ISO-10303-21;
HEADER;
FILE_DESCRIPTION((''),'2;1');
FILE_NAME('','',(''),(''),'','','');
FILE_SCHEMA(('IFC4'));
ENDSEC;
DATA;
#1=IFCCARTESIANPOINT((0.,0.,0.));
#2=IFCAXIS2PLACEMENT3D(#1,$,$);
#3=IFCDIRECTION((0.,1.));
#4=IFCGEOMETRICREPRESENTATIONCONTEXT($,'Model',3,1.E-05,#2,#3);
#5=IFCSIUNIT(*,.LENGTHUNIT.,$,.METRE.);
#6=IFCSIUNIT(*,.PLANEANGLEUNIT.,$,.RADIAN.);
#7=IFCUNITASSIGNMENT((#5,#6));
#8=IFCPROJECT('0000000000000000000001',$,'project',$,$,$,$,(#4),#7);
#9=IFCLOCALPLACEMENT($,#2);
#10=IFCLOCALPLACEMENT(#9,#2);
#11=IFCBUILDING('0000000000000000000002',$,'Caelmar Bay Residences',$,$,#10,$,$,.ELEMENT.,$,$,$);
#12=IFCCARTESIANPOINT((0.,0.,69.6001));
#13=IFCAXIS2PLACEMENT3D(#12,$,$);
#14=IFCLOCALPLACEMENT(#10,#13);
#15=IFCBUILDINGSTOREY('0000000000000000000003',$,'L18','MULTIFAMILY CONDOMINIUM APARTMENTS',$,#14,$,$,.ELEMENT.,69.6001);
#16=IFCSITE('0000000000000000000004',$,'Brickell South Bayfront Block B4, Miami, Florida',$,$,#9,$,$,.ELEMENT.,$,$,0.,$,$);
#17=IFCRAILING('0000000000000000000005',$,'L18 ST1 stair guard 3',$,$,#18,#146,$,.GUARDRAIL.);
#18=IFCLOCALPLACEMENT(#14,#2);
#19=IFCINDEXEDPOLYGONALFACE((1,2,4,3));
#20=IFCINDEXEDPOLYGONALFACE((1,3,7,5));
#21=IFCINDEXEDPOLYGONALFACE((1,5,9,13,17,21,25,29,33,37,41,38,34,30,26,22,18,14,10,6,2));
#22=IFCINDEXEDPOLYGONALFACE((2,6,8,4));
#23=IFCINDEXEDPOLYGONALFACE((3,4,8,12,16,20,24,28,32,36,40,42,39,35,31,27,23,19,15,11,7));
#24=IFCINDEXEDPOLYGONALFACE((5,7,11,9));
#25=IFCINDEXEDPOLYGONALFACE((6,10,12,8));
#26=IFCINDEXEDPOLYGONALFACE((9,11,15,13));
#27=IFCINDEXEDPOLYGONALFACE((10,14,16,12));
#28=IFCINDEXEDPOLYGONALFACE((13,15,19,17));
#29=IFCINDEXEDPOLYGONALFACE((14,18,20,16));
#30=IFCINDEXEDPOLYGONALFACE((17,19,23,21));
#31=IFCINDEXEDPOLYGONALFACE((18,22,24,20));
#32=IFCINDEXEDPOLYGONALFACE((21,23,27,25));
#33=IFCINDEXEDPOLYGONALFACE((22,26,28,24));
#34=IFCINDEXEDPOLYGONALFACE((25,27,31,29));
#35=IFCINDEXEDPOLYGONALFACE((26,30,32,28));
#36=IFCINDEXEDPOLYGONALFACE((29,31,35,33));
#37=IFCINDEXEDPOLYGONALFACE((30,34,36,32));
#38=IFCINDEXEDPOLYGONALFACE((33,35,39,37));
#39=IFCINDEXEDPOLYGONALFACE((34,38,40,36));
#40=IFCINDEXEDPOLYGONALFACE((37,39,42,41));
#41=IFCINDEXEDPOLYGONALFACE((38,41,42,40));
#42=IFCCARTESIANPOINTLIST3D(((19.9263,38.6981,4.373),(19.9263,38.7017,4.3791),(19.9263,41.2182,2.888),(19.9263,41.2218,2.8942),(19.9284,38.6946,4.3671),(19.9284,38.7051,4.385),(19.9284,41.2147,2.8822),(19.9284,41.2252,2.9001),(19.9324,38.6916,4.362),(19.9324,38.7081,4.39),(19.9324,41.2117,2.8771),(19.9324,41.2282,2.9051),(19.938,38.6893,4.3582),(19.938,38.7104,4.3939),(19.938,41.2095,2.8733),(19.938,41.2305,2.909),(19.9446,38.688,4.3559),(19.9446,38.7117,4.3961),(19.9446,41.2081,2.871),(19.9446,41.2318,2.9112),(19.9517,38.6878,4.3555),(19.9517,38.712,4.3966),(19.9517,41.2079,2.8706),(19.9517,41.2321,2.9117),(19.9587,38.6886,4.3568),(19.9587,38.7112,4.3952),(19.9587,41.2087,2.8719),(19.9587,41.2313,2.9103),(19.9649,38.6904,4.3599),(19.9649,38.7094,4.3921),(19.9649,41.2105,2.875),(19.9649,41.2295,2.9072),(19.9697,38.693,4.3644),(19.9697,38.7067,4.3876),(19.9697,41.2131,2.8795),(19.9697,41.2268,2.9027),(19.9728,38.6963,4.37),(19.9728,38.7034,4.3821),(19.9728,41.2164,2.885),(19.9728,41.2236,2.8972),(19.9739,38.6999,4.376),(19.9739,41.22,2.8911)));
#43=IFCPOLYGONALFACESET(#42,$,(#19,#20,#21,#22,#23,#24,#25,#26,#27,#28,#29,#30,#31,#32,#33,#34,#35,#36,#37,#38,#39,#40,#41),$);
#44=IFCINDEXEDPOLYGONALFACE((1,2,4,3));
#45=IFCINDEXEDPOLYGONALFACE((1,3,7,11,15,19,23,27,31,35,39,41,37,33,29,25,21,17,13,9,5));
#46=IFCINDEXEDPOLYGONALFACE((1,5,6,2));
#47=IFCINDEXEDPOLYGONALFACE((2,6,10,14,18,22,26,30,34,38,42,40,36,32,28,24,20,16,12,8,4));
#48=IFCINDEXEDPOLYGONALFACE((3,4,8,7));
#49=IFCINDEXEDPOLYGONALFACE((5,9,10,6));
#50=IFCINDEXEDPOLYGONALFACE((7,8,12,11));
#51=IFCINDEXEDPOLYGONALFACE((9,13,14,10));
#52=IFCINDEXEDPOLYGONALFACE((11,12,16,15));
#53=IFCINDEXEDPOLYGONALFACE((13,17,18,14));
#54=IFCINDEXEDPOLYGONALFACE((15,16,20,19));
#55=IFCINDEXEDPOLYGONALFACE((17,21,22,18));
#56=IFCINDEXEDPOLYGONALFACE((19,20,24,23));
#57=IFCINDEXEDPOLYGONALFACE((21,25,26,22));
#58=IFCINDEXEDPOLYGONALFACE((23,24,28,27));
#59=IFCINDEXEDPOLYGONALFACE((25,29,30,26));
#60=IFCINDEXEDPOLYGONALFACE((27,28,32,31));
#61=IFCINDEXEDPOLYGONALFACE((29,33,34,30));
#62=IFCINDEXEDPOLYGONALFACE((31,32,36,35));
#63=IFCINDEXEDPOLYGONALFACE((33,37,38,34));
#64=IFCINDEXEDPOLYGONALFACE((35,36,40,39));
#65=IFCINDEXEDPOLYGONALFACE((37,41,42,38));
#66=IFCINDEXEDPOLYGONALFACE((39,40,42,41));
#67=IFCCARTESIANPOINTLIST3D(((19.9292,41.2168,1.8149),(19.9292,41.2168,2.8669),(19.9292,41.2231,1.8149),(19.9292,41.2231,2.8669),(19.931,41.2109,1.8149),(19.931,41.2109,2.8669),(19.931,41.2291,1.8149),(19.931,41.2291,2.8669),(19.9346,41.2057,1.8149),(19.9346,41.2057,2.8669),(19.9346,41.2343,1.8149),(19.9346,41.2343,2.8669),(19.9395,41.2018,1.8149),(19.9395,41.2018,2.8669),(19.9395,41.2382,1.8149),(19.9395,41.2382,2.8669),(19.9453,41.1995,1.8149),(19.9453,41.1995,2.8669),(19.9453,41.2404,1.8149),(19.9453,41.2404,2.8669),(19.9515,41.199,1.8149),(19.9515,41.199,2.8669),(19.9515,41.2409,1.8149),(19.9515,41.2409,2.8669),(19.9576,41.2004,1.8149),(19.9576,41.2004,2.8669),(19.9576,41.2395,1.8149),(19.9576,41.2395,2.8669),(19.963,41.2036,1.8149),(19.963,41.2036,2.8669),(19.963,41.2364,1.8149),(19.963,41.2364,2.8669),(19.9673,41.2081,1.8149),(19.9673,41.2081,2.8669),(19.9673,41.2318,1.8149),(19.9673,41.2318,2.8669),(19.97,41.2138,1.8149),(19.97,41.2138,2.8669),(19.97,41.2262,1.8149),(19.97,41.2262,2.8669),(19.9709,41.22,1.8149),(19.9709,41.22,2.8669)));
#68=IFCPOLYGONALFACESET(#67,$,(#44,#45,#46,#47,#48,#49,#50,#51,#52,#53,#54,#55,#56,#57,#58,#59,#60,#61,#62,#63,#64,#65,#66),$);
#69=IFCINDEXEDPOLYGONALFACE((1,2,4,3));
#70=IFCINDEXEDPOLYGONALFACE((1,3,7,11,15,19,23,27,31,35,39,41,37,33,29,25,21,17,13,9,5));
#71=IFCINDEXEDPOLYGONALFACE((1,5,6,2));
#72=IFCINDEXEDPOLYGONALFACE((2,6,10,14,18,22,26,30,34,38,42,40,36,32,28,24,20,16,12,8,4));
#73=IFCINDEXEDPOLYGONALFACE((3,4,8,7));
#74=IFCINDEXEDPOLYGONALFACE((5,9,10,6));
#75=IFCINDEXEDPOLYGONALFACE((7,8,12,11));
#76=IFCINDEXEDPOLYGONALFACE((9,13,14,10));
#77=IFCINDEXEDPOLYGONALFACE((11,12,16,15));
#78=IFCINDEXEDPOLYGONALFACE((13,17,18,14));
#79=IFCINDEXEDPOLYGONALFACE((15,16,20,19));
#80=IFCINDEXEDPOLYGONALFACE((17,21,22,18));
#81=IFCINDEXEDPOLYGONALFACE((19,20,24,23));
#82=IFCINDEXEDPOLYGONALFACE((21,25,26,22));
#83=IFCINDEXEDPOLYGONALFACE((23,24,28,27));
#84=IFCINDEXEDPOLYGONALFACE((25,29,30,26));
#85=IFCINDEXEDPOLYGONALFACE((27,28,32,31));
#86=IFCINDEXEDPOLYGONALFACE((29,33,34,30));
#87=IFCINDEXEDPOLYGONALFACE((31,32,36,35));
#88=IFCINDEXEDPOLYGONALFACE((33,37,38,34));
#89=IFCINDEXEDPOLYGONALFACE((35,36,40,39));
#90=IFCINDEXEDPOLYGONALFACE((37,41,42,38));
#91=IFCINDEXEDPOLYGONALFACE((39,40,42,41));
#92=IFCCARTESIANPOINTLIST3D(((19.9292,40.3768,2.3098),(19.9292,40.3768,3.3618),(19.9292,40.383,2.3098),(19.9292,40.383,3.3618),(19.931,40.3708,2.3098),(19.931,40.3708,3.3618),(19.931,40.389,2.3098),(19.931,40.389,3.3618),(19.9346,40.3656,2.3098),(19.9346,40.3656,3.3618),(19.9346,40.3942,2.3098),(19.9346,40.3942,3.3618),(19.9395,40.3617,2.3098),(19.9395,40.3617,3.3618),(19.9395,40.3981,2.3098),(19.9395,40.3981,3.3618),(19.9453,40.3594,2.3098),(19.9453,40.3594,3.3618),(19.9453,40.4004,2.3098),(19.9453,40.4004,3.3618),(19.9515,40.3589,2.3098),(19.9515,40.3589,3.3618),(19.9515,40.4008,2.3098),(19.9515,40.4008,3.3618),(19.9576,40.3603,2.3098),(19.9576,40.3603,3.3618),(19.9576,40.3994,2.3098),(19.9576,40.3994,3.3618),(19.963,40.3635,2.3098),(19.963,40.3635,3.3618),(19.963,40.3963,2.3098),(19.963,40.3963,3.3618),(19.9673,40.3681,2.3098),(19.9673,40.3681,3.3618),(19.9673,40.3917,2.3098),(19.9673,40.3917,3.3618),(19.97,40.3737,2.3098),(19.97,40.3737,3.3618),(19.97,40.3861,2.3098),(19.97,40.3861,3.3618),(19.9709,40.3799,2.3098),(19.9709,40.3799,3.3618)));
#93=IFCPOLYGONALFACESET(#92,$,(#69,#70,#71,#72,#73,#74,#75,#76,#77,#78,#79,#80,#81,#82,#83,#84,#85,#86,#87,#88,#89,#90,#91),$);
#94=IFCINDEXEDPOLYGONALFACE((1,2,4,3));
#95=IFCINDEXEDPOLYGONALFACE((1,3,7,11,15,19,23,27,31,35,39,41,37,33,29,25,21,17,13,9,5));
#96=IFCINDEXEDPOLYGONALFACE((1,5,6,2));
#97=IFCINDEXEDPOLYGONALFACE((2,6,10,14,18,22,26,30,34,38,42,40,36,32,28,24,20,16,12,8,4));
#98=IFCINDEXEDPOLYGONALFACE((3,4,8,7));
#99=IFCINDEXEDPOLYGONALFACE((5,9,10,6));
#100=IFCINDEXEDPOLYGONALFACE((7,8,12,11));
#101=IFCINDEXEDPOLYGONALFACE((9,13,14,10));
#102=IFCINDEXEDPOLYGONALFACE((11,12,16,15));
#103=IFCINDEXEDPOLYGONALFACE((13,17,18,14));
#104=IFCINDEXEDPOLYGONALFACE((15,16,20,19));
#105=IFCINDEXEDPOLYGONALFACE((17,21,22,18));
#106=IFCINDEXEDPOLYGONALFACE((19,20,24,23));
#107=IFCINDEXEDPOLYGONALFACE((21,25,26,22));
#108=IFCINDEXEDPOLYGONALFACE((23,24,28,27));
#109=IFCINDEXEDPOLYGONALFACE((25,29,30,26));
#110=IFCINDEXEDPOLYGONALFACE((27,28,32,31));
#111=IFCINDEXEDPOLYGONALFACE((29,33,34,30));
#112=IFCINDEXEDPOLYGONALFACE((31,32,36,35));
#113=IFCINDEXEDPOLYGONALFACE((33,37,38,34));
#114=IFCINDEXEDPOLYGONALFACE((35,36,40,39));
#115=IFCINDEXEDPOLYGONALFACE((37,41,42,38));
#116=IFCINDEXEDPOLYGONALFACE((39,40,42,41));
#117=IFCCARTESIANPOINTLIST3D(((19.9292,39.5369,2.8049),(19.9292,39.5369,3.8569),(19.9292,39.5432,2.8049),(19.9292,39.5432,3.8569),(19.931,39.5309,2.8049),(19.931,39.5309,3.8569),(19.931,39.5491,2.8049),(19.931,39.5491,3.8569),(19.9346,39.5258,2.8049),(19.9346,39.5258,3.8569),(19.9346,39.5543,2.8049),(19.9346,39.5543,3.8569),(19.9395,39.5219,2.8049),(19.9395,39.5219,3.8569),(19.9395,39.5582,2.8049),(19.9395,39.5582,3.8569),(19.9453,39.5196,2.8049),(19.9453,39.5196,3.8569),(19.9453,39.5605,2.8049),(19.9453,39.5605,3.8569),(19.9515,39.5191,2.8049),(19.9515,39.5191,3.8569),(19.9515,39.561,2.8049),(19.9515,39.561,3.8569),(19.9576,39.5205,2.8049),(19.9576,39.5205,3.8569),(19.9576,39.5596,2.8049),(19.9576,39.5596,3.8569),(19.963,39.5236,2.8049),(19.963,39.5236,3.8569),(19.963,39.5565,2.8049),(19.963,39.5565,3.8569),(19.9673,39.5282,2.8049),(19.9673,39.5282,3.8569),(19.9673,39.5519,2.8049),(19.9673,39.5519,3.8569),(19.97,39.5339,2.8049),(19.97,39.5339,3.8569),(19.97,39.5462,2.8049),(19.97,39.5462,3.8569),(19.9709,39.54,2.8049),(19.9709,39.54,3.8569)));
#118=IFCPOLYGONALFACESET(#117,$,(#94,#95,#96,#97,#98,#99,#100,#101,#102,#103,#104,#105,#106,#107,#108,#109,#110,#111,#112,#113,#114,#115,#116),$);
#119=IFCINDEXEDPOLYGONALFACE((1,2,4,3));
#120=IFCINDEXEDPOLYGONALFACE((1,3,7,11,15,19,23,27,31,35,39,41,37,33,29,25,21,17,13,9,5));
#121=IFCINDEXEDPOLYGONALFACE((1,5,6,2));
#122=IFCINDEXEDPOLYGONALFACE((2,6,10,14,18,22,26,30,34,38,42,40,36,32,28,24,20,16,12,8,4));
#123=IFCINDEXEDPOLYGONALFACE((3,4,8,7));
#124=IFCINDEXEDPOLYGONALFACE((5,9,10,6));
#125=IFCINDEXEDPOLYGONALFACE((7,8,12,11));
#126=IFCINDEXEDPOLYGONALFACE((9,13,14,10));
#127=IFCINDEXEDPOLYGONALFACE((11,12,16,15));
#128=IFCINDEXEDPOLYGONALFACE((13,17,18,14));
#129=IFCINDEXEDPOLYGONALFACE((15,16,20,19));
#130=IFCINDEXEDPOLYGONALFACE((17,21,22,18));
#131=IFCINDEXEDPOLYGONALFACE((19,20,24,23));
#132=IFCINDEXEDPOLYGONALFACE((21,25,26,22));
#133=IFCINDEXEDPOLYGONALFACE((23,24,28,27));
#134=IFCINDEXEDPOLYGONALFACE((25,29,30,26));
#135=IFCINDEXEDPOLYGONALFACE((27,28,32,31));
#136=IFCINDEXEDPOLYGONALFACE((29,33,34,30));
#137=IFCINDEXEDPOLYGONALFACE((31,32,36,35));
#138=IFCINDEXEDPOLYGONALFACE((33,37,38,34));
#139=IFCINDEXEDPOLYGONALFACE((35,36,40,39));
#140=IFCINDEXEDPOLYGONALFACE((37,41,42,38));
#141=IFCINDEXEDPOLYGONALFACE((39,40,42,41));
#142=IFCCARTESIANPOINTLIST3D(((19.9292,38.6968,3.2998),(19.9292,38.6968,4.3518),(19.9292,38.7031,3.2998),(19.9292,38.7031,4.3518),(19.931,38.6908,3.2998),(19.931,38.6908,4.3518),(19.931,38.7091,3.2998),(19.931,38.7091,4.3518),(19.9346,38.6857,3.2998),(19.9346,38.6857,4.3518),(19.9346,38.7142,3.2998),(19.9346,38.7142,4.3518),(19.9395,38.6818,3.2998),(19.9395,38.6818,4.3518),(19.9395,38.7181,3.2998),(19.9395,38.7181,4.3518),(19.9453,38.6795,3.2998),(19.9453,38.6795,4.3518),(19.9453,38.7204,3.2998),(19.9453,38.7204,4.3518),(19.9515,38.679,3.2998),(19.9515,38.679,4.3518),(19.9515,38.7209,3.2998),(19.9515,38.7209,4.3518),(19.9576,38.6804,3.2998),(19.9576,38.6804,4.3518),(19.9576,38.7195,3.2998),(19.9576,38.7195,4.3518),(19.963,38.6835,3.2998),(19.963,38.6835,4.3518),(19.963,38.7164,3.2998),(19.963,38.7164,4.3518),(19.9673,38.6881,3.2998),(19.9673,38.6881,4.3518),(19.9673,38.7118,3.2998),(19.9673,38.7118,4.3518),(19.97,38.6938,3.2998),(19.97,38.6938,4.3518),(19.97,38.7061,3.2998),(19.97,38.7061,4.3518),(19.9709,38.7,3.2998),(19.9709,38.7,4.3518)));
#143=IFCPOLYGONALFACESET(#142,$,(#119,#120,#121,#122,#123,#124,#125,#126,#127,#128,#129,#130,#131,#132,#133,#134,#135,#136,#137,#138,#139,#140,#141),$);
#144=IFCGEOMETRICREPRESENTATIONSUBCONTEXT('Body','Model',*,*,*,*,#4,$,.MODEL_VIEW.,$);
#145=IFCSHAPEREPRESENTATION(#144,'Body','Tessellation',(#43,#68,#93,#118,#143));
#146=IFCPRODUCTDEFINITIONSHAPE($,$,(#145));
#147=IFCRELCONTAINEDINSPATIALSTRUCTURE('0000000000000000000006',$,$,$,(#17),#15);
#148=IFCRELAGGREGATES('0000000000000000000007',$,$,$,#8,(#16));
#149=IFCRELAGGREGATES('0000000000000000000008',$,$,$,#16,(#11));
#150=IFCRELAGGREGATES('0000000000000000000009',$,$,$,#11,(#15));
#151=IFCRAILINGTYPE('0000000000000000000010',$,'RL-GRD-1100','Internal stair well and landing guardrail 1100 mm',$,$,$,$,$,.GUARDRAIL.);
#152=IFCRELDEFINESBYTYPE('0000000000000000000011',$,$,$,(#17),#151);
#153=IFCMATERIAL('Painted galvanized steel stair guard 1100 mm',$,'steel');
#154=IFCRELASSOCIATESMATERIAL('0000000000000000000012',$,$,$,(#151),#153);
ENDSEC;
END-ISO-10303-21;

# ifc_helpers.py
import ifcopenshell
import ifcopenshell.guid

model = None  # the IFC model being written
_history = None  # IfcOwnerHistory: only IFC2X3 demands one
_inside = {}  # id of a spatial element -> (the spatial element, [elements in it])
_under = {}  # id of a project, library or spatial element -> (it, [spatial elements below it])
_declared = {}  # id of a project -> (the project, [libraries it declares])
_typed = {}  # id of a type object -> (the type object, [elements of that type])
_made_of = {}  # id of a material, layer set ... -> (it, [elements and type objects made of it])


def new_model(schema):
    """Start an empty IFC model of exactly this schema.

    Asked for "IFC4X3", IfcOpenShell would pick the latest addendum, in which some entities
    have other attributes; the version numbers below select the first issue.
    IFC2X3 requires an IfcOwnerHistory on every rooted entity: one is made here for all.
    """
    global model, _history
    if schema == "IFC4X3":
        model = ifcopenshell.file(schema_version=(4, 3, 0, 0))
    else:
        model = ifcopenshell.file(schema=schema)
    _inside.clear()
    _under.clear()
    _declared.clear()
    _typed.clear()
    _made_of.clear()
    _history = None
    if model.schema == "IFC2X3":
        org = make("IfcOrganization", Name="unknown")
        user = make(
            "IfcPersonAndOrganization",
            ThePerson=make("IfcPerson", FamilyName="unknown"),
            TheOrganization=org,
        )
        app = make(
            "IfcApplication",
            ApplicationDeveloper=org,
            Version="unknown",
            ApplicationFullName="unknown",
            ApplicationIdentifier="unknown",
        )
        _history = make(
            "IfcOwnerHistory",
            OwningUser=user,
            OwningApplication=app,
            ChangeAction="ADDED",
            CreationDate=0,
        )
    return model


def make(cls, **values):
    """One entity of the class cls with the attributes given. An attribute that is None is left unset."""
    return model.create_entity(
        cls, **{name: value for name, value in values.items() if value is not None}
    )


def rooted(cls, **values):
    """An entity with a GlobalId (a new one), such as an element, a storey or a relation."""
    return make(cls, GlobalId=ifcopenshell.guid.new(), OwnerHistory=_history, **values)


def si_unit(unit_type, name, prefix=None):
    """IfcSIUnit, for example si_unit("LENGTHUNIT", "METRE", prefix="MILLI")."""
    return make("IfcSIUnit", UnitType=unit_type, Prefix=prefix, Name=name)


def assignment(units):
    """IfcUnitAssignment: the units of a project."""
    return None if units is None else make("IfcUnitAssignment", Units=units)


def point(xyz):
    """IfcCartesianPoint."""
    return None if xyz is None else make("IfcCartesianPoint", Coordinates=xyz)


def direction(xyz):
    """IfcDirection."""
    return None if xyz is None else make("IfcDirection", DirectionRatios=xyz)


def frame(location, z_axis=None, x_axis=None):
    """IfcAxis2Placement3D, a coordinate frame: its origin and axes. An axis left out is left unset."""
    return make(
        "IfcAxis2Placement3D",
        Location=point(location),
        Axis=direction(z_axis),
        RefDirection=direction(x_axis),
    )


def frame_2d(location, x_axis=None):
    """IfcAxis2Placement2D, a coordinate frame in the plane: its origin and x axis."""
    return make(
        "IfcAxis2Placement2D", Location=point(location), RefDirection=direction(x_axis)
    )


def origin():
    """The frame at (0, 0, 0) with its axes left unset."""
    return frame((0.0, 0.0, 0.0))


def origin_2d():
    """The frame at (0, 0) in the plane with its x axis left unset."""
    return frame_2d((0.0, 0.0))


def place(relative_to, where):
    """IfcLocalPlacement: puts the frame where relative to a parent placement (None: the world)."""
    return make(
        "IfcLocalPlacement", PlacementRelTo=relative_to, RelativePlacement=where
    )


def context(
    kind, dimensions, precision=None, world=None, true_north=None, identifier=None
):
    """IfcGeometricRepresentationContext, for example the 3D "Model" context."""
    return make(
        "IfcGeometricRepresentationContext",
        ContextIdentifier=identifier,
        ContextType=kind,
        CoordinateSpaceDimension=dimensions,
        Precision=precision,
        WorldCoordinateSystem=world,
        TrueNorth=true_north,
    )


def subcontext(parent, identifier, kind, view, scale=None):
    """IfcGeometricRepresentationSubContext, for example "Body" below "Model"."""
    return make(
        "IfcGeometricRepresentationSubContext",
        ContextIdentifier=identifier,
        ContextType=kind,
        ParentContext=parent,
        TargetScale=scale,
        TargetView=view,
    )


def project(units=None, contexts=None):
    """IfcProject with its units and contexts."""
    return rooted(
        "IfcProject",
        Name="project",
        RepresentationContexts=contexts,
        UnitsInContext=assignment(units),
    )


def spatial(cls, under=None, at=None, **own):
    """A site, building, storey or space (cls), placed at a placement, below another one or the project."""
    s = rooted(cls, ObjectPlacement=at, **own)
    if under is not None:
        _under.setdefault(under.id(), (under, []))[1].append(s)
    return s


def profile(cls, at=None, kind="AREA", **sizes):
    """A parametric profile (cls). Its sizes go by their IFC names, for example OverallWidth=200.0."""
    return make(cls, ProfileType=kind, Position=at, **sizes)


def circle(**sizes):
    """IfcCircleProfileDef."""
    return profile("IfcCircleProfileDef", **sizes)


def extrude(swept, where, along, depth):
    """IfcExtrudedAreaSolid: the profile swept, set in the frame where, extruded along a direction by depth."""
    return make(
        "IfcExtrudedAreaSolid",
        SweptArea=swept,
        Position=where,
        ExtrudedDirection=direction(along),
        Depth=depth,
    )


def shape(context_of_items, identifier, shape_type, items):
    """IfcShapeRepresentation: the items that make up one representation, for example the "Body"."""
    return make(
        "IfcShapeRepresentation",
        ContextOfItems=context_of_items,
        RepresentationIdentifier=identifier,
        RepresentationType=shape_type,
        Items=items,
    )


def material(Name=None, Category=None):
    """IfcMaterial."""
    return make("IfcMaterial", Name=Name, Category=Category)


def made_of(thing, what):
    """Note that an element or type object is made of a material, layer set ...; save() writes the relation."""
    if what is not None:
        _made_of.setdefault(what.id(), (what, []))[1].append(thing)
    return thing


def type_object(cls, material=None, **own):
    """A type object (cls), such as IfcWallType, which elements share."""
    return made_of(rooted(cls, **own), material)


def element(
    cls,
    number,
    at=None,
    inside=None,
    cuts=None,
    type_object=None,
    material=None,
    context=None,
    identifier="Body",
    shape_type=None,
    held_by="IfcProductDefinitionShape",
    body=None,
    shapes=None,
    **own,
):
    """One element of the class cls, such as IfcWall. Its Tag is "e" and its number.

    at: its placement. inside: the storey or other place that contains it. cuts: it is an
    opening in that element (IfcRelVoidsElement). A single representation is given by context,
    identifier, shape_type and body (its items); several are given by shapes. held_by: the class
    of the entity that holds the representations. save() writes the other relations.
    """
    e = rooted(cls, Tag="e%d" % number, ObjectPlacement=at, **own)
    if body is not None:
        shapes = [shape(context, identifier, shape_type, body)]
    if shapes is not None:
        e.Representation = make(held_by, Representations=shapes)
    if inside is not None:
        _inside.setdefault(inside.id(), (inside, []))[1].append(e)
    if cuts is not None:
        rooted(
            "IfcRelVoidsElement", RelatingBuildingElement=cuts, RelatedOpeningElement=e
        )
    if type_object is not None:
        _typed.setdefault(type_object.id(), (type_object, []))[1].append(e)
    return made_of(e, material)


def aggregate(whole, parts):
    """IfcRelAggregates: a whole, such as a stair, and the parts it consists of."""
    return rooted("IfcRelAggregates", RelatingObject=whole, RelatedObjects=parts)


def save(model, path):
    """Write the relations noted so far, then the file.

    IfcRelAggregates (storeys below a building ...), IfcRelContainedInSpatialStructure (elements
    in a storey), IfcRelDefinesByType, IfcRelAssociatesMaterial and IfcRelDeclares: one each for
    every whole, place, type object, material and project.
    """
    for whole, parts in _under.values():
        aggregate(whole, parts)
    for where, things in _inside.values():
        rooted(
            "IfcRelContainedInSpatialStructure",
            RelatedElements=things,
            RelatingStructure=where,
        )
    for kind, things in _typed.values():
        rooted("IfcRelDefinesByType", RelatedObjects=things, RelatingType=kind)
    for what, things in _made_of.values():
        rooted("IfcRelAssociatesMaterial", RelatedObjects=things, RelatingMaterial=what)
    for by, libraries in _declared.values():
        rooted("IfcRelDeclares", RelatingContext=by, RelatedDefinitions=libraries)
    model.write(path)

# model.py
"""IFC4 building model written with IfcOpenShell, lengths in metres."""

from ifc_helpers import new_model, si_unit, direction, frame, origin, origin_2d, place, context, subcontext, project, spatial, circle, extrude, material, type_object, element, save


model = new_model("IFC4")

# Units and contexts
model_context = context("Model", 3, precision=1e-05, world=origin(), true_north=direction((0.0, 1.0)))
body_context = subcontext(model_context, "Body", "Model", "MODEL_VIEW")
ifc_project = project(units=[si_unit("LENGTHUNIT", "METRE"), si_unit("PLANEANGLEUNIT", "RADIAN")], contexts=[model_context])

# Site, building, storey
site_placement = place(None, origin())
site = spatial("IfcSite", under=ifc_project, at=site_placement, Name="Brickell South Bayfront Block B4, Miami, Florida", CompositionType="ELEMENT", RefElevation=0.0)
building_placement = place(site_placement, origin())
building = spatial("IfcBuilding", under=site, at=building_placement, Name="Caelmar Bay Residences", CompositionType="ELEMENT")
storey_placement = place(building_placement, frame((0.0, 0.0, 69.6001)))
storey = spatial("IfcBuildingStorey", under=building, at=storey_placement, Name="L18", Description="MULTIFAMILY CONDOMINIUM APARTMENTS", CompositionType="ELEMENT", Elevation=69.6001)

# Railing
ifc_material_1 = material(Name="Painted galvanized steel stair guard 1100 mm", Category="steel")
railing_type_1 = type_object("IfcRailingType", Name="RL-GRD-1100", Description="Internal stair well and landing guardrail 1100 mm", PredefinedType="GUARDRAIL", material=ifc_material_1)
railing_1_placement = place(storey_placement, frame((19.95, 41.22, 1.8149)))
element("IfcRailing", 1, at=railing_1_placement, inside=storey, type_object=railing_type_1, Name="L18 ST1 stair guard 3", PredefinedType="GUARDRAIL", context=body_context, shape_type="SweptSolid", body=[
    extrude(circle(Radius=0.0239, at=origin_2d()), frame((0.0, 0.0, 1.0762), z_axis=(0.0, -0.861561, 0.507655), x_axis=(1.0, 0.0, 0.0)), (0.0, 0.0, 1.0), 2.925),
    extrude(circle(Radius=0.021, at=origin_2d()), origin(), (0.0, 0.0, 1.0), 1.052),
    extrude(circle(Radius=0.021, at=origin_2d()), frame((0.0, -0.8401, 0.4949)), (0.0, 0.0, 1.0), 1.052),
    extrude(circle(Radius=0.021, at=origin_2d()), frame((0.0, -1.6799, 0.99)), (0.0, 0.0, 1.0), 1.052),
    extrude(circle(Radius=0.021, at=origin_2d()), frame((0.0, -2.52, 1.4849)), (0.0, 0.0, 1.0), 1.052),
])

save(model, "model.ifc")
